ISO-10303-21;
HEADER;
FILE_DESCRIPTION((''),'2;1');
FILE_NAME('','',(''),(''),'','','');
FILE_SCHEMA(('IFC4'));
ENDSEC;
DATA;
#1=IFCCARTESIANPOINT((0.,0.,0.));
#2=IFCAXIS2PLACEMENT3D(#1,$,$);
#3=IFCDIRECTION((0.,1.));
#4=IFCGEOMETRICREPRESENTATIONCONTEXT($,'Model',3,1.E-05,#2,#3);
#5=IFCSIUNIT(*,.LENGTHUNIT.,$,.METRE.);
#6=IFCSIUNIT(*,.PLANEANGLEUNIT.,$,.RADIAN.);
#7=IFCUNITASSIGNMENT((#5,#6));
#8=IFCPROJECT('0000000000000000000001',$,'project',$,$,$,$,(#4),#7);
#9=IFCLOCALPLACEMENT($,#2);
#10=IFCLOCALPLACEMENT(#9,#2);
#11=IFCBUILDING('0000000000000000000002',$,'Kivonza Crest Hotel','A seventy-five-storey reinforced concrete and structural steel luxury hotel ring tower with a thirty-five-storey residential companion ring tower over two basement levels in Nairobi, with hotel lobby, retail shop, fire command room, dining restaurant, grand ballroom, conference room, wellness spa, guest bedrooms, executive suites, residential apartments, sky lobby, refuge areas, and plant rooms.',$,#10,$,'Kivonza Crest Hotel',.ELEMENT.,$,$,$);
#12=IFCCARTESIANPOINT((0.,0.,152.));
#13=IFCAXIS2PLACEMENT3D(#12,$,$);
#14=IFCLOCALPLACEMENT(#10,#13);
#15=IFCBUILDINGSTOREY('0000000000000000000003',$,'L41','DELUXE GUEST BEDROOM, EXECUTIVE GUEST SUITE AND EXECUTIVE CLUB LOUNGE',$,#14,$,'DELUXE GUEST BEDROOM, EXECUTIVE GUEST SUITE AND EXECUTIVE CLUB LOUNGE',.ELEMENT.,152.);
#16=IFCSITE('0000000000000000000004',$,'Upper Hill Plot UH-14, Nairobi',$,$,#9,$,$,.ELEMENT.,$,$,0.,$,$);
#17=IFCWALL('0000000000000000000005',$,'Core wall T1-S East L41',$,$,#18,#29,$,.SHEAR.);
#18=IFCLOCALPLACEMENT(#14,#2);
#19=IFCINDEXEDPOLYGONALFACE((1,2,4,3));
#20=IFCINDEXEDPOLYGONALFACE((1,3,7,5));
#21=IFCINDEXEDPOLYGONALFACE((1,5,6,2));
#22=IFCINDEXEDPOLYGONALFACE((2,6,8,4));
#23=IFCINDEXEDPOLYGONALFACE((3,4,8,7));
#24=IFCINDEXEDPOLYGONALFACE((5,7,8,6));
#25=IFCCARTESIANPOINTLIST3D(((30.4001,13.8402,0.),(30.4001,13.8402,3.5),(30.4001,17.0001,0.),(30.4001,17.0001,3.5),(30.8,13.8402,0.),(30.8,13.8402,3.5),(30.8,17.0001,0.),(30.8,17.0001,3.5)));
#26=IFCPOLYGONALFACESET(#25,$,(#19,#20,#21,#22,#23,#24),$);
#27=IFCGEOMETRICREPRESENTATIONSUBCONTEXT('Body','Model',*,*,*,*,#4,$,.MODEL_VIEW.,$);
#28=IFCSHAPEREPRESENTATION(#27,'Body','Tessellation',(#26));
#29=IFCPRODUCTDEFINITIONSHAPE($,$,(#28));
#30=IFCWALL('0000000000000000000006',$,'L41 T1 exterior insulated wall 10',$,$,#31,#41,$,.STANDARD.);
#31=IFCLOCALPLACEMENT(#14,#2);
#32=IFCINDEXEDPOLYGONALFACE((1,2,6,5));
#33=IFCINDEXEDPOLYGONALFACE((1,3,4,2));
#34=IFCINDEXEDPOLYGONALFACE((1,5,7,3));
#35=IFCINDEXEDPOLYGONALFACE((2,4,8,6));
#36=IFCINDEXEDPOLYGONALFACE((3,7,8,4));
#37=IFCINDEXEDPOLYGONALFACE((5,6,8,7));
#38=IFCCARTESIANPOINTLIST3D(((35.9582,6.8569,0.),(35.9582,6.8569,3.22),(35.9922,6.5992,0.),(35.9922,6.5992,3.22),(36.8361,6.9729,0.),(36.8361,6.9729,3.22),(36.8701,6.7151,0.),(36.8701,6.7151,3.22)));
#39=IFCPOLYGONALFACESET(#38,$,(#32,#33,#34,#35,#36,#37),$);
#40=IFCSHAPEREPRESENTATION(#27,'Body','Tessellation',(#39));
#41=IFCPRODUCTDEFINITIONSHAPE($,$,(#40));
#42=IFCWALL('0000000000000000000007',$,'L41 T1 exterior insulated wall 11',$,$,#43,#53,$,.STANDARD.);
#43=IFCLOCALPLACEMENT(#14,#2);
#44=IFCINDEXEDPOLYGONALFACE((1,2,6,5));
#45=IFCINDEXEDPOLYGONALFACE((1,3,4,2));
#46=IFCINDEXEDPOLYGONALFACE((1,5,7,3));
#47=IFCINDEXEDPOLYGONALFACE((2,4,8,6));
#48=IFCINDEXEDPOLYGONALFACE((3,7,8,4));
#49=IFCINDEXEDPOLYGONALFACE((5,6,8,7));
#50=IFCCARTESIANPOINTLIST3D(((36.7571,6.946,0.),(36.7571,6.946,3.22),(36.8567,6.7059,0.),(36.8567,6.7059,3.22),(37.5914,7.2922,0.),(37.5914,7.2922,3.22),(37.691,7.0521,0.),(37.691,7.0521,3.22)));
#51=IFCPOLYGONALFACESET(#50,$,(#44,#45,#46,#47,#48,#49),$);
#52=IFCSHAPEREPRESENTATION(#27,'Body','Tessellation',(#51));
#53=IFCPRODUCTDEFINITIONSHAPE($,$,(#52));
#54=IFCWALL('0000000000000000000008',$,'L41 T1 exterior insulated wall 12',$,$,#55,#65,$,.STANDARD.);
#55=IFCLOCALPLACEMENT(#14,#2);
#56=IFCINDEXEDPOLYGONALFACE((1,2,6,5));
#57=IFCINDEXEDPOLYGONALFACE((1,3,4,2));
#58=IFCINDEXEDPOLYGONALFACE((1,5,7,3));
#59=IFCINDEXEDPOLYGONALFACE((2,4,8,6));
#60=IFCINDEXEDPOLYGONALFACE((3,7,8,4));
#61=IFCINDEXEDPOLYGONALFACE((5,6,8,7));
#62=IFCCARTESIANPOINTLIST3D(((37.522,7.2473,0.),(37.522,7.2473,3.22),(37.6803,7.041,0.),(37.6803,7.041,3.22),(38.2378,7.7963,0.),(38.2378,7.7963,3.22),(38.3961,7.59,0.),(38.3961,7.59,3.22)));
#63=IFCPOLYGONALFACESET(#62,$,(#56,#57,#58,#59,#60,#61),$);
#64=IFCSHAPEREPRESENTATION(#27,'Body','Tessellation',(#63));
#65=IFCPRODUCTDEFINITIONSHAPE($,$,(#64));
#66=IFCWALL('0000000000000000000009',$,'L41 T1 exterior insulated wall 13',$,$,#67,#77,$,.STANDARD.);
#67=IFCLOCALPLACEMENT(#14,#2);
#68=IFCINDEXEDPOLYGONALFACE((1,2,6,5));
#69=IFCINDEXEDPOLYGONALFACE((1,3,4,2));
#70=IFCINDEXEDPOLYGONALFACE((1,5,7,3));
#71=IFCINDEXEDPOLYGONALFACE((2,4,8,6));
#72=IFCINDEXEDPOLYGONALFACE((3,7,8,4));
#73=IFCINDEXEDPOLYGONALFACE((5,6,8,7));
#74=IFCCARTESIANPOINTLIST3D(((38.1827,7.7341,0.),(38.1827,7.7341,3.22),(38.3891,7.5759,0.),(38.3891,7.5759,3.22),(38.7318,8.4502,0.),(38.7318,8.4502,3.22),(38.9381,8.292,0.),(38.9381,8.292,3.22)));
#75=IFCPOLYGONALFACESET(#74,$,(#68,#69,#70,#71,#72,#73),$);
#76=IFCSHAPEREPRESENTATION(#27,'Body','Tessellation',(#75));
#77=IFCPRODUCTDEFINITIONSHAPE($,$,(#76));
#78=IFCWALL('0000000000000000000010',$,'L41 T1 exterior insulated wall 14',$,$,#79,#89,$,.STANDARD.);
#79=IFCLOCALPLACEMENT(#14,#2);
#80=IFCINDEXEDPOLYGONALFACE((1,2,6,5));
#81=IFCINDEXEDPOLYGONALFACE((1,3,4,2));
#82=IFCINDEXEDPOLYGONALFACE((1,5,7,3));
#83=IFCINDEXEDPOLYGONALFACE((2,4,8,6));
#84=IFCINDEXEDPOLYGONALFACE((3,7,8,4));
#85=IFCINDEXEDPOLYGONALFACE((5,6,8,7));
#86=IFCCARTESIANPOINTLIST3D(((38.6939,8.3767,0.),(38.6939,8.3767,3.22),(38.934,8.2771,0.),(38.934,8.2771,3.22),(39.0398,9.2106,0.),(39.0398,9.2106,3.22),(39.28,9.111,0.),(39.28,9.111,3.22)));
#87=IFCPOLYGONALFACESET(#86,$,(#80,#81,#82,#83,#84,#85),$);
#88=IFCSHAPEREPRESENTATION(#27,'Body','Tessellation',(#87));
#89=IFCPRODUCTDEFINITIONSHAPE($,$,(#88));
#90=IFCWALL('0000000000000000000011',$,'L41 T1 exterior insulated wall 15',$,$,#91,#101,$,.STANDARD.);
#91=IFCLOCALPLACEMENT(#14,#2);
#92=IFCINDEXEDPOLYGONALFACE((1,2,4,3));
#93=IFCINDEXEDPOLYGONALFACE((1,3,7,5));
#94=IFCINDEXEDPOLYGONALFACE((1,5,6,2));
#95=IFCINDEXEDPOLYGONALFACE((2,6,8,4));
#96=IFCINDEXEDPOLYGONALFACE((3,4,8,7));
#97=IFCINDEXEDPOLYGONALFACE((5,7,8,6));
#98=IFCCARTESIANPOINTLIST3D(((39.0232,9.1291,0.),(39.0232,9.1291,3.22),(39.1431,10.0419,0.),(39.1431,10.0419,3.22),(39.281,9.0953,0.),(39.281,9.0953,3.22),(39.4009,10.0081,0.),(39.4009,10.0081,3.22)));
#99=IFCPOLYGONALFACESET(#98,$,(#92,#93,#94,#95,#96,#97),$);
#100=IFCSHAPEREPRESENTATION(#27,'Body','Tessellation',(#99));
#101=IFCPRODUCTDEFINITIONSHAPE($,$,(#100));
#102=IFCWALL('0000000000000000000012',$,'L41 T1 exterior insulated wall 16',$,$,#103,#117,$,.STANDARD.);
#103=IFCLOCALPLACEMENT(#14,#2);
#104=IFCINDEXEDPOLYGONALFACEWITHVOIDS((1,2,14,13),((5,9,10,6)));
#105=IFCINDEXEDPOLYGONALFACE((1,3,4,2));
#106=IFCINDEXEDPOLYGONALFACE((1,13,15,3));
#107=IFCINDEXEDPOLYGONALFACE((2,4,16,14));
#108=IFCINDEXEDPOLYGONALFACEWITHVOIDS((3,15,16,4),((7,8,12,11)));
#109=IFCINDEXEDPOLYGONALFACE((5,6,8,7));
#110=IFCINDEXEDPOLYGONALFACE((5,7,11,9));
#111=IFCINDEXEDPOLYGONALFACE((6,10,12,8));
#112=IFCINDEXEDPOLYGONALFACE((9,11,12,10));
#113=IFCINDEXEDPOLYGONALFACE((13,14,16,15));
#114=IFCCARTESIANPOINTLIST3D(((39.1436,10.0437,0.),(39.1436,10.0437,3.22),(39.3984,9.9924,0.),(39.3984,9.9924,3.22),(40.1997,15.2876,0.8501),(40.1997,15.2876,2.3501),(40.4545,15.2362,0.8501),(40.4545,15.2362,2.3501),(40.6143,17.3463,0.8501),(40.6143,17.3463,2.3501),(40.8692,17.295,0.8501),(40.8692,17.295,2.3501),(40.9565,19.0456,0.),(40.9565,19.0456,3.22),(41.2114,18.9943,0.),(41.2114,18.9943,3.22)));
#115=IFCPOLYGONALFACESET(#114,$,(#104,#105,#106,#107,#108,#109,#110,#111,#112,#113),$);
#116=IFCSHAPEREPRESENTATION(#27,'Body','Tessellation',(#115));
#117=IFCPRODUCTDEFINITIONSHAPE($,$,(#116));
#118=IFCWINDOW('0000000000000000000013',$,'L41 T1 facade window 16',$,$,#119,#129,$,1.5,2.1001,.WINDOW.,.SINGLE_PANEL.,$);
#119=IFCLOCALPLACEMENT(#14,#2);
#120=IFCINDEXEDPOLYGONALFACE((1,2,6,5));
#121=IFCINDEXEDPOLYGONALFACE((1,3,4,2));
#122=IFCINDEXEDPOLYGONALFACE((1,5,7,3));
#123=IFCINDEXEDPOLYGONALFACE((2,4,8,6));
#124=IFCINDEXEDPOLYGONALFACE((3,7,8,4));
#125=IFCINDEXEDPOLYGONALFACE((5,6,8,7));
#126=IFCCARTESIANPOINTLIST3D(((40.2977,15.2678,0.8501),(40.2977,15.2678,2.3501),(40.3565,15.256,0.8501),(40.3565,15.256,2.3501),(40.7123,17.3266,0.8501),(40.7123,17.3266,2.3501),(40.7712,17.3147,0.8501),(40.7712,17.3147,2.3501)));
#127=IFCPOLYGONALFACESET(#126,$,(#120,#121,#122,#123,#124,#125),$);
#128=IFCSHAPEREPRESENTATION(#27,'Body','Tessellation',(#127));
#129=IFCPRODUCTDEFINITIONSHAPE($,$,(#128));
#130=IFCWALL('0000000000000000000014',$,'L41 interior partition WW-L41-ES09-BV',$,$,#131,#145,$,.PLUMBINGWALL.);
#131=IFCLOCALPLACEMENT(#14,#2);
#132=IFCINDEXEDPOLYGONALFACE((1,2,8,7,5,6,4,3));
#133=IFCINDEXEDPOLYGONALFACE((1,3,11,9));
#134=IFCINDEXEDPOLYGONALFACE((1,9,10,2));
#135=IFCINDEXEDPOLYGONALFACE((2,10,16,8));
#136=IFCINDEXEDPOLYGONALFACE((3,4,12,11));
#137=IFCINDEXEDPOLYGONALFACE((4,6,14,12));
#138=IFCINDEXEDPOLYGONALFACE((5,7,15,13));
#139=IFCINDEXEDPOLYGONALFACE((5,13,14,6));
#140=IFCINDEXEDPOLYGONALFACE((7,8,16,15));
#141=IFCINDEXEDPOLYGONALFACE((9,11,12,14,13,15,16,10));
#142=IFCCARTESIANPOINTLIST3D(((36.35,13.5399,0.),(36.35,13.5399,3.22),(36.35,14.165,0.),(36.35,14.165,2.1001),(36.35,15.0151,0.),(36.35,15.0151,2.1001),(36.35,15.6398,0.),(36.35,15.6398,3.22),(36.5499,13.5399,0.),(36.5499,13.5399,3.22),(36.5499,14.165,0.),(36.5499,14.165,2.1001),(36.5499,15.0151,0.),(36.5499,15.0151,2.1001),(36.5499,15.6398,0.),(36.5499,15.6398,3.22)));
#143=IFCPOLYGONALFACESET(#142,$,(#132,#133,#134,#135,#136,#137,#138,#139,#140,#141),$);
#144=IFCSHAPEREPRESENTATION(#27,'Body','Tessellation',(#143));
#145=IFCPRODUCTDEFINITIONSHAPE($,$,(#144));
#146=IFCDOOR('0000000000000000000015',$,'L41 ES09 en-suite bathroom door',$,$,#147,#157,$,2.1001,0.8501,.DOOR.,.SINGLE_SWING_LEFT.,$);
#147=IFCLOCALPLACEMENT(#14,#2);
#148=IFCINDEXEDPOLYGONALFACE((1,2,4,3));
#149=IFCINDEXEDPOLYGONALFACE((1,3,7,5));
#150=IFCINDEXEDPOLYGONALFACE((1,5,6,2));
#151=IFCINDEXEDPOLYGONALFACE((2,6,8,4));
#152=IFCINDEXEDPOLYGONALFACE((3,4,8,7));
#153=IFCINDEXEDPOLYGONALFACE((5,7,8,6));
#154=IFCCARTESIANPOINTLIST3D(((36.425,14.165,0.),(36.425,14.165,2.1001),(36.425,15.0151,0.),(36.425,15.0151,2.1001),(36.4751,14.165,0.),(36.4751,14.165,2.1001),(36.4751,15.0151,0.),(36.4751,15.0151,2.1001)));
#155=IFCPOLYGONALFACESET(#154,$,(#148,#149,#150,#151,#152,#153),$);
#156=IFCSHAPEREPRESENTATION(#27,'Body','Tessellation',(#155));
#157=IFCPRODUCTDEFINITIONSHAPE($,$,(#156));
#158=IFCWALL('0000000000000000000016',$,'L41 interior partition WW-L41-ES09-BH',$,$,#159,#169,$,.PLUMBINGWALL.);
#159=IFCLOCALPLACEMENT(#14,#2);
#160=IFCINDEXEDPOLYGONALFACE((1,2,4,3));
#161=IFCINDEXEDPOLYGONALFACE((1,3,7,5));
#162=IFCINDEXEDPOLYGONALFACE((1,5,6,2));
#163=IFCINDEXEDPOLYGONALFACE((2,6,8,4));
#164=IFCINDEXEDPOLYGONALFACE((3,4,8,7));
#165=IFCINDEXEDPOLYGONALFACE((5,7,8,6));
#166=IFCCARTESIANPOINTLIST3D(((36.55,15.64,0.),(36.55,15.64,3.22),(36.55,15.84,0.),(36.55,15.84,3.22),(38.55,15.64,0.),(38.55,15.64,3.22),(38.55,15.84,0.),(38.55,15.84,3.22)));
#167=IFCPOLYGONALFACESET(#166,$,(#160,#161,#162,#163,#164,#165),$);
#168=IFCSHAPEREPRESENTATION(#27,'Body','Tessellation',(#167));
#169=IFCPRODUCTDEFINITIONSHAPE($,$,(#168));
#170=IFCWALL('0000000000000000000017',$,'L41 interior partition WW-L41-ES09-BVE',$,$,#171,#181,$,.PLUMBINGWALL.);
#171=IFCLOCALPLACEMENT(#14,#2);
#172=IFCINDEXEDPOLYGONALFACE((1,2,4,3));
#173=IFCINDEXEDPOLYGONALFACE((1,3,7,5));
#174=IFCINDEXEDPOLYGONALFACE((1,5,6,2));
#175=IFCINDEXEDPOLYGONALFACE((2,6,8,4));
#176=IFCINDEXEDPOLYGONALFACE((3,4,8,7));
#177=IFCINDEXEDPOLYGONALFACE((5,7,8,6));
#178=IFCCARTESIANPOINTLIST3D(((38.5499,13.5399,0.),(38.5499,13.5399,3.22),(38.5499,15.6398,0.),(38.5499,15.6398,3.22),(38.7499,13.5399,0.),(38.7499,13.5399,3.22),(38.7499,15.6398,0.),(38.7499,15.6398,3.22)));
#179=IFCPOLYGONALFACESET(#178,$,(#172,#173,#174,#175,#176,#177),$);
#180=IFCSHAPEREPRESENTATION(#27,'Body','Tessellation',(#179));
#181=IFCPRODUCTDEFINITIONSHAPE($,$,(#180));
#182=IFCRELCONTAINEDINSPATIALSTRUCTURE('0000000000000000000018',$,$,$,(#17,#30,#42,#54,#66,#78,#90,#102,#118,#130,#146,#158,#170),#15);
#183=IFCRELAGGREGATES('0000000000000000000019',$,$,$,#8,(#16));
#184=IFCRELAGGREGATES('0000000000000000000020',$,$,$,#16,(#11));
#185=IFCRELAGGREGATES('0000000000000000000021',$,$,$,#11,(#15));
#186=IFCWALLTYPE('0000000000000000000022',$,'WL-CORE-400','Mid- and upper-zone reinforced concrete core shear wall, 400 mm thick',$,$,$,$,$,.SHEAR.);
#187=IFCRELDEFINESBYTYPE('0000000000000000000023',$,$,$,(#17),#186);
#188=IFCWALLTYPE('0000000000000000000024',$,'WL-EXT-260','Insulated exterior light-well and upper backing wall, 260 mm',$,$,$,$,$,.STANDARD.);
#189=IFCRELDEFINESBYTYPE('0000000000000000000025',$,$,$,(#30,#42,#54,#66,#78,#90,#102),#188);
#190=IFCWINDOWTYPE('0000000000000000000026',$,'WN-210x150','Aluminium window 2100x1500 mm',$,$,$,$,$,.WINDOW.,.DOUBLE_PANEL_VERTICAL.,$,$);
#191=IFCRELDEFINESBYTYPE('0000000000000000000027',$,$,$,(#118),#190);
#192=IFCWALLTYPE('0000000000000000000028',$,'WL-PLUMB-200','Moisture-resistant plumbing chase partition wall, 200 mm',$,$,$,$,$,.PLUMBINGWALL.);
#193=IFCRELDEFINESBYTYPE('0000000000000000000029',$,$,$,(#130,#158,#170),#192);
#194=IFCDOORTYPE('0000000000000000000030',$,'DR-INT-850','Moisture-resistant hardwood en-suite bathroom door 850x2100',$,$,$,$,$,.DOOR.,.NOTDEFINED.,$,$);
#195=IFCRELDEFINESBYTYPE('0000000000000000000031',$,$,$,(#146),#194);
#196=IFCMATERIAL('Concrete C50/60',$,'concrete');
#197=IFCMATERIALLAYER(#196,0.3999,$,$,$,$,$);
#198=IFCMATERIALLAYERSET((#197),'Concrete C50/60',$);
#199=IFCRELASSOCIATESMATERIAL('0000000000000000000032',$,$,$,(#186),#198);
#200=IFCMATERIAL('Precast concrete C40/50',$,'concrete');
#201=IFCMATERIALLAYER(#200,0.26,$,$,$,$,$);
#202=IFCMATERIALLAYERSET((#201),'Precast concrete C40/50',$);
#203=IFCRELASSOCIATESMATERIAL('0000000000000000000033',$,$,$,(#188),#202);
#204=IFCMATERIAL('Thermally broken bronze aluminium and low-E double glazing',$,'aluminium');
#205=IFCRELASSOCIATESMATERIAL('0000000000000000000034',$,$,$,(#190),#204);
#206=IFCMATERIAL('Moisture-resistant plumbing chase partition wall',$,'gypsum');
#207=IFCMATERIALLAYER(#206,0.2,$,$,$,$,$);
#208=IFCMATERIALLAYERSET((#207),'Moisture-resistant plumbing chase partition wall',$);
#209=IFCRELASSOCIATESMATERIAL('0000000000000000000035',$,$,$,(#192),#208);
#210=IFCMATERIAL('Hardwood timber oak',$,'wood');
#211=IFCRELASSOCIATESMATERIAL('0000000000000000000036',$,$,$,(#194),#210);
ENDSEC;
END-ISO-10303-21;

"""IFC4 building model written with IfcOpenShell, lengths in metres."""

from ifc_helpers import new_model, si_unit, direction, frame, frame_2d, origin, place, context, subcontext, project, spatial, rectangle, extrude, material, layer, layer_set, type_object, element, fill, save


model = new_model("IFC4")

# Units and contexts
model_context = context("Model", 3, precision=1e-05, world=origin(), true_north=direction((0.0, 1.0)))
body_context = subcontext(model_context, "Body", "Model", "MODEL_VIEW")
ifc_project = project(units=[si_unit("LENGTHUNIT", "METRE"), si_unit("PLANEANGLEUNIT", "RADIAN")], contexts=[model_context])

# Site, building, storey
site_placement = place(None, origin())
site = spatial("IfcSite", under=ifc_project, at=site_placement, Name="Upper Hill Plot UH-14, Nairobi", CompositionType="ELEMENT", RefElevation=0.0)
building_placement = place(site_placement, origin())
building = spatial("IfcBuilding", under=site, at=building_placement, Name="Kivonza Crest Hotel", Description="A seventy-five-storey reinforced concrete and structural steel luxury hotel ring tower with a thirty-five-storey residential companion ring tower over two basement levels in Nairobi, with hotel lobby, retail shop, fire command room, dining restaurant, grand ballroom, conference room, wellness spa, guest bedrooms, executive suites, residential apartments, sky lobby, refuge areas, and plant rooms.", LongName="Kivonza Crest Hotel", CompositionType="ELEMENT")
storey_placement = place(building_placement, frame((0.0, 0.0, 152.0)))
storey = spatial("IfcBuildingStorey", under=building, at=storey_placement, Name="L41", Description="DELUXE GUEST BEDROOM, EXECUTIVE GUEST SUITE AND EXECUTIVE CLUB LOUNGE", LongName="DELUXE GUEST BEDROOM, EXECUTIVE GUEST SUITE AND EXECUTIVE CLUB LOUNGE", CompositionType="ELEMENT", Elevation=152.0)

# Shared definitions
ifc_material_1 = material(Name="Concrete C50/60", Category="concrete")

# Shared definitions
ifc_material_2 = material(Name="Hardwood timber oak", Category="wood")

# Walls
ifc_layer_1 = layer(ifc_material_1, 0.3999)
ifc_layer_set_1 = layer_set([ifc_layer_1], Name="Concrete C50/60")
wall_type_1 = type_object("IfcWallType", Name="WL-CORE-400", Description="Mid- and upper-zone reinforced concrete core shear wall, 400 mm thick", PredefinedType="SHEAR", material=ifc_layer_set_1)
wall_1_placement = place(storey_placement, frame((30.6001, 13.8401, 0.0), z_axis=(0.0, 0.0, 1.0), x_axis=(0.0, 1.0, 0.0)))
element("IfcWall", 1, at=wall_1_placement, inside=storey, type_object=wall_type_1, Name="Core wall T1-S East L41", PredefinedType="SHEAR", context=body_context, shape_type="SweptSolid", body=[
    extrude(rectangle(XDim=3.1599, YDim=0.3999, at=frame_2d((1.5801, 0.0))), origin(), (0.0, 0.0, 1.0), 3.5),
])
ifc_material_3 = material(Name="Precast concrete C40/50", Category="concrete")
ifc_layer_2 = layer(ifc_material_3, 0.26)
ifc_layer_set_2 = layer_set([ifc_layer_2], Name="Precast concrete C40/50")
wall_type_2 = type_object("IfcWallType", Name="WL-EXT-260", Description="Insulated exterior light-well and upper backing wall, 260 mm", PredefinedType="STANDARD", material=ifc_layer_set_2)
wall_2_placement = place(storey_placement, frame((35.9751, 6.728, 0.0), z_axis=(0.0, 0.0, 1.0), x_axis=(0.991388, 0.130954, 0.0)))
element("IfcWall", 2, at=wall_2_placement, inside=storey, type_object=wall_type_2, Name="L41 T1 exterior insulated wall 10", PredefinedType="STANDARD", context=body_context, shape_type="SweptSolid", body=[
    extrude(rectangle(XDim=0.8855, YDim=0.26, at=frame_2d((0.4429, 0.0))), origin(), (0.0, 0.0, 1.0), 3.22),
])
wall_3_placement = place(storey_placement, frame((36.8069, 6.8259, 0.0), z_axis=(0.0, 0.0, 1.0), x_axis=(0.923628, 0.383291, 0.0)))
element("IfcWall", 3, at=wall_3_placement, inside=storey, type_object=wall_type_2, Name="L41 T1 exterior insulated wall 11", PredefinedType="STANDARD", context=body_context, shape_type="SweptSolid", body=[
    extrude(rectangle(XDim=0.9033, YDim=0.26, at=frame_2d((0.4517, 0.0))), origin(), (0.0, 0.0, 1.0), 3.22),
])
wall_4_placement = place(storey_placement, frame((37.6011, 7.144, 0.0), z_axis=(0.0, 0.0, 1.0), x_axis=(0.793458, 0.608625, 0.0)))
element("IfcWall", 4, at=wall_4_placement, inside=storey, type_object=wall_type_2, Name="L41 T1 exterior insulated wall 12", PredefinedType="STANDARD", context=body_context, shape_type="SweptSolid", body=[
    extrude(rectangle(XDim=0.9021, YDim=0.26, at=frame_2d((0.4512, 0.0))), origin(), (0.0, 0.0, 1.0), 3.22),
])
wall_5_placement = place(storey_placement, frame((38.2859, 7.655, 0.0), z_axis=(0.0, 0.0, 1.0), x_axis=(0.608494, 0.793558, 0.0)))
element("IfcWall", 5, at=wall_5_placement, inside=storey, type_object=wall_type_2, Name="L41 T1 exterior insulated wall 13", PredefinedType="STANDARD", context=body_context, shape_type="SweptSolid", body=[
    extrude(rectangle(XDim=0.9023, YDim=0.26, at=frame_2d((0.4512, 0.0))), origin(), (0.0, 0.0, 1.0), 3.22),
])
wall_6_placement = place(storey_placement, frame((38.814, 8.3269, 0.0), z_axis=(0.0, 0.0, 1.0), x_axis=(0.383156, 0.923684, 0.0)))
element("IfcWall", 6, at=wall_6_placement, inside=storey, type_object=wall_type_2, Name="L41 T1 exterior insulated wall 14", PredefinedType="STANDARD", context=body_context, shape_type="SweptSolid", body=[
    extrude(rectangle(XDim=0.9028, YDim=0.26, at=frame_2d((0.4514, 0.0))), origin(), (0.0, 0.0, 1.0), 3.22),
])
wall_7_placement = place(storey_placement, frame((39.1521, 9.1121, 0.0), z_axis=(0.0, 0.0, 1.0), x_axis=(0.130201, 0.991488, 0.0)))
element("IfcWall", 7, at=wall_7_placement, inside=storey, type_object=wall_type_2, Name="L41 T1 exterior insulated wall 15", PredefinedType="STANDARD", context=body_context, shape_type="SweptSolid", body=[
    extrude(rectangle(XDim=0.9207, YDim=0.26, at=frame_2d((0.4604, 0.0))), origin(), (0.0, 0.0, 1.0), 3.22),
])

# Wall, opening, window
wall_8_placement = place(storey_placement, frame((39.271, 10.0181, 0.0), z_axis=(0.0, 0.0, 1.0), x_axis=(0.197435, 0.980316, 0.0)))
wall_8 = element("IfcWall", 8, at=wall_8_placement, inside=storey, type_object=wall_type_2, Name="L41 T1 exterior insulated wall 16", PredefinedType="STANDARD", context=body_context, shape_type="SweptSolid", body=[
    extrude(rectangle(XDim=9.1826, YDim=0.26, at=frame_2d((4.5913, 0.0))), origin(), (0.0, 0.0, 1.0), 3.22),
])
opening_1_placement = place(wall_8_placement, frame((5.3491, 0.0, 0.8501)))
opening_1 = element("IfcOpeningElement", 9, at=opening_1_placement, cuts=wall_8, PredefinedType="OPENING", context=body_context, shape_type="SweptSolid", body=[
    extrude(rectangle(XDim=2.1001, YDim=1.5, at=frame_2d((1.05, 0.75))), frame((0.0, 0.1401, 0.0), z_axis=(0.0, -1.0, 0.0), x_axis=(1.0, 0.0, 0.0)), (0.0, 0.0, 1.0), 0.28),
])
ifc_material_4 = material(Name="Thermally broken bronze aluminium and low-E double glazing", Category="aluminium")
window_type = type_object("IfcWindowType", Name="WN-210x150", Description="Aluminium window 2100x1500 mm", PartitioningType="DOUBLE_PANEL_VERTICAL", PredefinedType="WINDOW", material=ifc_material_4)
window_placement = place(opening_1_placement, origin())
window = element("IfcWindow", 10, at=window_placement, inside=storey, type_object=window_type, Name="L41 T1 facade window 16", OverallHeight=1.5, OverallWidth=2.1001, PartitioningType="SINGLE_PANEL", PredefinedType="WINDOW", context=body_context, shape_type="SweptSolid", body=[
    extrude(rectangle(XDim=2.1001, YDim=1.5, at=frame_2d((1.05, 0.75))), frame((0.0, 0.03, 0.0), z_axis=(0.0, -1.0, 0.0), x_axis=(1.0, 0.0, 0.0)), (0.0, 0.0, 1.0), 0.0601),
])
fill(opening_1, window)

# Wall, opening, door
ifc_material_5 = material(Name="Moisture-resistant plumbing chase partition wall", Category="gypsum")
ifc_layer_3 = layer(ifc_material_5, 0.2)
ifc_layer_set_3 = layer_set([ifc_layer_3], Name="Moisture-resistant plumbing chase partition wall")
wall_type_3 = type_object("IfcWallType", Name="WL-PLUMB-200", Description="Moisture-resistant plumbing chase partition wall, 200 mm", PredefinedType="PLUMBINGWALL", material=ifc_layer_set_3)
wall_9_placement = place(storey_placement, frame((36.45, 13.54, 0.0), z_axis=(0.0, 0.0, 1.0), x_axis=(0.0, 1.0, 0.0)))
wall_9 = element("IfcWall", 11, at=wall_9_placement, inside=storey, type_object=wall_type_3, Name="L41 interior partition WW-L41-ES09-BV", PredefinedType="PLUMBINGWALL", context=body_context, shape_type="SweptSolid", body=[
    extrude(rectangle(XDim=2.0999, YDim=0.2, at=frame_2d((1.0498, 0.0))), origin(), (0.0, 0.0, 1.0), 3.22),
])
opening_2_placement = place(wall_9_placement, frame((0.625, 0.0, 0.0)))
opening_2 = element("IfcOpeningElement", 12, at=opening_2_placement, cuts=wall_9, PredefinedType="OPENING", context=body_context, shape_type="SweptSolid", body=[
    extrude(rectangle(XDim=0.8501, YDim=2.1001, at=frame_2d((0.425, 1.05))), frame((0.0, 0.1099, 0.0), z_axis=(0.0, -1.0, 0.0), x_axis=(1.0, 0.0, 0.0)), (0.0, 0.0, 1.0), 0.22),
])
door_type_1 = type_object("IfcDoorType", Name="DR-INT-850", Description="Moisture-resistant hardwood en-suite bathroom door 850x2100", OperationType="NOTDEFINED", PredefinedType="DOOR", material=ifc_material_2)
door_1_placement = place(opening_2_placement, origin())
door_1 = element("IfcDoor", 13, at=door_1_placement, inside=storey, type_object=door_type_1, Name="L41 ES09 en-suite bathroom door", OperationType="SINGLE_SWING_LEFT", OverallHeight=2.1001, OverallWidth=0.8501, PredefinedType="DOOR", context=body_context, shape_type="SweptSolid", body=[
    extrude(rectangle(XDim=0.8501, YDim=2.1001, at=frame_2d((0.425, 1.05))), frame((0.0, 0.0249, 0.0), z_axis=(0.0, -1.0, 0.0), x_axis=(1.0, 0.0, 0.0)), (0.0, 0.0, 1.0), 0.05),
])
fill(opening_2, door_1)

# Walls
wall_10_placement = place(storey_placement, frame((36.55, 15.74, 0.0), z_axis=(0.0, 0.0, 1.0), x_axis=(1.0, 0.0, 0.0)))
element("IfcWall", 14, at=wall_10_placement, inside=storey, type_object=wall_type_3, Name="L41 interior partition WW-L41-ES09-BH", PredefinedType="PLUMBINGWALL", context=body_context, shape_type="SweptSolid", body=[
    extrude(rectangle(XDim=2.0, YDim=0.2, at=frame_2d((1.0, 0.0))), origin(), (0.0, 0.0, 1.0), 3.22),
])
wall_11_placement = place(storey_placement, frame((38.6499, 13.54, 0.0), z_axis=(0.0, 0.0, 1.0), x_axis=(0.0, 1.0, 0.0)))
element("IfcWall", 15, at=wall_11_placement, inside=storey, type_object=wall_type_3, Name="L41 interior partition WW-L41-ES09-BVE", PredefinedType="PLUMBINGWALL", context=body_context, shape_type="SweptSolid", body=[
    extrude(rectangle(XDim=2.0999, YDim=0.2, at=frame_2d((1.0498, 0.0))), origin(), (0.0, 0.0, 1.0), 3.22),
])

save(model, "model.ifc")
